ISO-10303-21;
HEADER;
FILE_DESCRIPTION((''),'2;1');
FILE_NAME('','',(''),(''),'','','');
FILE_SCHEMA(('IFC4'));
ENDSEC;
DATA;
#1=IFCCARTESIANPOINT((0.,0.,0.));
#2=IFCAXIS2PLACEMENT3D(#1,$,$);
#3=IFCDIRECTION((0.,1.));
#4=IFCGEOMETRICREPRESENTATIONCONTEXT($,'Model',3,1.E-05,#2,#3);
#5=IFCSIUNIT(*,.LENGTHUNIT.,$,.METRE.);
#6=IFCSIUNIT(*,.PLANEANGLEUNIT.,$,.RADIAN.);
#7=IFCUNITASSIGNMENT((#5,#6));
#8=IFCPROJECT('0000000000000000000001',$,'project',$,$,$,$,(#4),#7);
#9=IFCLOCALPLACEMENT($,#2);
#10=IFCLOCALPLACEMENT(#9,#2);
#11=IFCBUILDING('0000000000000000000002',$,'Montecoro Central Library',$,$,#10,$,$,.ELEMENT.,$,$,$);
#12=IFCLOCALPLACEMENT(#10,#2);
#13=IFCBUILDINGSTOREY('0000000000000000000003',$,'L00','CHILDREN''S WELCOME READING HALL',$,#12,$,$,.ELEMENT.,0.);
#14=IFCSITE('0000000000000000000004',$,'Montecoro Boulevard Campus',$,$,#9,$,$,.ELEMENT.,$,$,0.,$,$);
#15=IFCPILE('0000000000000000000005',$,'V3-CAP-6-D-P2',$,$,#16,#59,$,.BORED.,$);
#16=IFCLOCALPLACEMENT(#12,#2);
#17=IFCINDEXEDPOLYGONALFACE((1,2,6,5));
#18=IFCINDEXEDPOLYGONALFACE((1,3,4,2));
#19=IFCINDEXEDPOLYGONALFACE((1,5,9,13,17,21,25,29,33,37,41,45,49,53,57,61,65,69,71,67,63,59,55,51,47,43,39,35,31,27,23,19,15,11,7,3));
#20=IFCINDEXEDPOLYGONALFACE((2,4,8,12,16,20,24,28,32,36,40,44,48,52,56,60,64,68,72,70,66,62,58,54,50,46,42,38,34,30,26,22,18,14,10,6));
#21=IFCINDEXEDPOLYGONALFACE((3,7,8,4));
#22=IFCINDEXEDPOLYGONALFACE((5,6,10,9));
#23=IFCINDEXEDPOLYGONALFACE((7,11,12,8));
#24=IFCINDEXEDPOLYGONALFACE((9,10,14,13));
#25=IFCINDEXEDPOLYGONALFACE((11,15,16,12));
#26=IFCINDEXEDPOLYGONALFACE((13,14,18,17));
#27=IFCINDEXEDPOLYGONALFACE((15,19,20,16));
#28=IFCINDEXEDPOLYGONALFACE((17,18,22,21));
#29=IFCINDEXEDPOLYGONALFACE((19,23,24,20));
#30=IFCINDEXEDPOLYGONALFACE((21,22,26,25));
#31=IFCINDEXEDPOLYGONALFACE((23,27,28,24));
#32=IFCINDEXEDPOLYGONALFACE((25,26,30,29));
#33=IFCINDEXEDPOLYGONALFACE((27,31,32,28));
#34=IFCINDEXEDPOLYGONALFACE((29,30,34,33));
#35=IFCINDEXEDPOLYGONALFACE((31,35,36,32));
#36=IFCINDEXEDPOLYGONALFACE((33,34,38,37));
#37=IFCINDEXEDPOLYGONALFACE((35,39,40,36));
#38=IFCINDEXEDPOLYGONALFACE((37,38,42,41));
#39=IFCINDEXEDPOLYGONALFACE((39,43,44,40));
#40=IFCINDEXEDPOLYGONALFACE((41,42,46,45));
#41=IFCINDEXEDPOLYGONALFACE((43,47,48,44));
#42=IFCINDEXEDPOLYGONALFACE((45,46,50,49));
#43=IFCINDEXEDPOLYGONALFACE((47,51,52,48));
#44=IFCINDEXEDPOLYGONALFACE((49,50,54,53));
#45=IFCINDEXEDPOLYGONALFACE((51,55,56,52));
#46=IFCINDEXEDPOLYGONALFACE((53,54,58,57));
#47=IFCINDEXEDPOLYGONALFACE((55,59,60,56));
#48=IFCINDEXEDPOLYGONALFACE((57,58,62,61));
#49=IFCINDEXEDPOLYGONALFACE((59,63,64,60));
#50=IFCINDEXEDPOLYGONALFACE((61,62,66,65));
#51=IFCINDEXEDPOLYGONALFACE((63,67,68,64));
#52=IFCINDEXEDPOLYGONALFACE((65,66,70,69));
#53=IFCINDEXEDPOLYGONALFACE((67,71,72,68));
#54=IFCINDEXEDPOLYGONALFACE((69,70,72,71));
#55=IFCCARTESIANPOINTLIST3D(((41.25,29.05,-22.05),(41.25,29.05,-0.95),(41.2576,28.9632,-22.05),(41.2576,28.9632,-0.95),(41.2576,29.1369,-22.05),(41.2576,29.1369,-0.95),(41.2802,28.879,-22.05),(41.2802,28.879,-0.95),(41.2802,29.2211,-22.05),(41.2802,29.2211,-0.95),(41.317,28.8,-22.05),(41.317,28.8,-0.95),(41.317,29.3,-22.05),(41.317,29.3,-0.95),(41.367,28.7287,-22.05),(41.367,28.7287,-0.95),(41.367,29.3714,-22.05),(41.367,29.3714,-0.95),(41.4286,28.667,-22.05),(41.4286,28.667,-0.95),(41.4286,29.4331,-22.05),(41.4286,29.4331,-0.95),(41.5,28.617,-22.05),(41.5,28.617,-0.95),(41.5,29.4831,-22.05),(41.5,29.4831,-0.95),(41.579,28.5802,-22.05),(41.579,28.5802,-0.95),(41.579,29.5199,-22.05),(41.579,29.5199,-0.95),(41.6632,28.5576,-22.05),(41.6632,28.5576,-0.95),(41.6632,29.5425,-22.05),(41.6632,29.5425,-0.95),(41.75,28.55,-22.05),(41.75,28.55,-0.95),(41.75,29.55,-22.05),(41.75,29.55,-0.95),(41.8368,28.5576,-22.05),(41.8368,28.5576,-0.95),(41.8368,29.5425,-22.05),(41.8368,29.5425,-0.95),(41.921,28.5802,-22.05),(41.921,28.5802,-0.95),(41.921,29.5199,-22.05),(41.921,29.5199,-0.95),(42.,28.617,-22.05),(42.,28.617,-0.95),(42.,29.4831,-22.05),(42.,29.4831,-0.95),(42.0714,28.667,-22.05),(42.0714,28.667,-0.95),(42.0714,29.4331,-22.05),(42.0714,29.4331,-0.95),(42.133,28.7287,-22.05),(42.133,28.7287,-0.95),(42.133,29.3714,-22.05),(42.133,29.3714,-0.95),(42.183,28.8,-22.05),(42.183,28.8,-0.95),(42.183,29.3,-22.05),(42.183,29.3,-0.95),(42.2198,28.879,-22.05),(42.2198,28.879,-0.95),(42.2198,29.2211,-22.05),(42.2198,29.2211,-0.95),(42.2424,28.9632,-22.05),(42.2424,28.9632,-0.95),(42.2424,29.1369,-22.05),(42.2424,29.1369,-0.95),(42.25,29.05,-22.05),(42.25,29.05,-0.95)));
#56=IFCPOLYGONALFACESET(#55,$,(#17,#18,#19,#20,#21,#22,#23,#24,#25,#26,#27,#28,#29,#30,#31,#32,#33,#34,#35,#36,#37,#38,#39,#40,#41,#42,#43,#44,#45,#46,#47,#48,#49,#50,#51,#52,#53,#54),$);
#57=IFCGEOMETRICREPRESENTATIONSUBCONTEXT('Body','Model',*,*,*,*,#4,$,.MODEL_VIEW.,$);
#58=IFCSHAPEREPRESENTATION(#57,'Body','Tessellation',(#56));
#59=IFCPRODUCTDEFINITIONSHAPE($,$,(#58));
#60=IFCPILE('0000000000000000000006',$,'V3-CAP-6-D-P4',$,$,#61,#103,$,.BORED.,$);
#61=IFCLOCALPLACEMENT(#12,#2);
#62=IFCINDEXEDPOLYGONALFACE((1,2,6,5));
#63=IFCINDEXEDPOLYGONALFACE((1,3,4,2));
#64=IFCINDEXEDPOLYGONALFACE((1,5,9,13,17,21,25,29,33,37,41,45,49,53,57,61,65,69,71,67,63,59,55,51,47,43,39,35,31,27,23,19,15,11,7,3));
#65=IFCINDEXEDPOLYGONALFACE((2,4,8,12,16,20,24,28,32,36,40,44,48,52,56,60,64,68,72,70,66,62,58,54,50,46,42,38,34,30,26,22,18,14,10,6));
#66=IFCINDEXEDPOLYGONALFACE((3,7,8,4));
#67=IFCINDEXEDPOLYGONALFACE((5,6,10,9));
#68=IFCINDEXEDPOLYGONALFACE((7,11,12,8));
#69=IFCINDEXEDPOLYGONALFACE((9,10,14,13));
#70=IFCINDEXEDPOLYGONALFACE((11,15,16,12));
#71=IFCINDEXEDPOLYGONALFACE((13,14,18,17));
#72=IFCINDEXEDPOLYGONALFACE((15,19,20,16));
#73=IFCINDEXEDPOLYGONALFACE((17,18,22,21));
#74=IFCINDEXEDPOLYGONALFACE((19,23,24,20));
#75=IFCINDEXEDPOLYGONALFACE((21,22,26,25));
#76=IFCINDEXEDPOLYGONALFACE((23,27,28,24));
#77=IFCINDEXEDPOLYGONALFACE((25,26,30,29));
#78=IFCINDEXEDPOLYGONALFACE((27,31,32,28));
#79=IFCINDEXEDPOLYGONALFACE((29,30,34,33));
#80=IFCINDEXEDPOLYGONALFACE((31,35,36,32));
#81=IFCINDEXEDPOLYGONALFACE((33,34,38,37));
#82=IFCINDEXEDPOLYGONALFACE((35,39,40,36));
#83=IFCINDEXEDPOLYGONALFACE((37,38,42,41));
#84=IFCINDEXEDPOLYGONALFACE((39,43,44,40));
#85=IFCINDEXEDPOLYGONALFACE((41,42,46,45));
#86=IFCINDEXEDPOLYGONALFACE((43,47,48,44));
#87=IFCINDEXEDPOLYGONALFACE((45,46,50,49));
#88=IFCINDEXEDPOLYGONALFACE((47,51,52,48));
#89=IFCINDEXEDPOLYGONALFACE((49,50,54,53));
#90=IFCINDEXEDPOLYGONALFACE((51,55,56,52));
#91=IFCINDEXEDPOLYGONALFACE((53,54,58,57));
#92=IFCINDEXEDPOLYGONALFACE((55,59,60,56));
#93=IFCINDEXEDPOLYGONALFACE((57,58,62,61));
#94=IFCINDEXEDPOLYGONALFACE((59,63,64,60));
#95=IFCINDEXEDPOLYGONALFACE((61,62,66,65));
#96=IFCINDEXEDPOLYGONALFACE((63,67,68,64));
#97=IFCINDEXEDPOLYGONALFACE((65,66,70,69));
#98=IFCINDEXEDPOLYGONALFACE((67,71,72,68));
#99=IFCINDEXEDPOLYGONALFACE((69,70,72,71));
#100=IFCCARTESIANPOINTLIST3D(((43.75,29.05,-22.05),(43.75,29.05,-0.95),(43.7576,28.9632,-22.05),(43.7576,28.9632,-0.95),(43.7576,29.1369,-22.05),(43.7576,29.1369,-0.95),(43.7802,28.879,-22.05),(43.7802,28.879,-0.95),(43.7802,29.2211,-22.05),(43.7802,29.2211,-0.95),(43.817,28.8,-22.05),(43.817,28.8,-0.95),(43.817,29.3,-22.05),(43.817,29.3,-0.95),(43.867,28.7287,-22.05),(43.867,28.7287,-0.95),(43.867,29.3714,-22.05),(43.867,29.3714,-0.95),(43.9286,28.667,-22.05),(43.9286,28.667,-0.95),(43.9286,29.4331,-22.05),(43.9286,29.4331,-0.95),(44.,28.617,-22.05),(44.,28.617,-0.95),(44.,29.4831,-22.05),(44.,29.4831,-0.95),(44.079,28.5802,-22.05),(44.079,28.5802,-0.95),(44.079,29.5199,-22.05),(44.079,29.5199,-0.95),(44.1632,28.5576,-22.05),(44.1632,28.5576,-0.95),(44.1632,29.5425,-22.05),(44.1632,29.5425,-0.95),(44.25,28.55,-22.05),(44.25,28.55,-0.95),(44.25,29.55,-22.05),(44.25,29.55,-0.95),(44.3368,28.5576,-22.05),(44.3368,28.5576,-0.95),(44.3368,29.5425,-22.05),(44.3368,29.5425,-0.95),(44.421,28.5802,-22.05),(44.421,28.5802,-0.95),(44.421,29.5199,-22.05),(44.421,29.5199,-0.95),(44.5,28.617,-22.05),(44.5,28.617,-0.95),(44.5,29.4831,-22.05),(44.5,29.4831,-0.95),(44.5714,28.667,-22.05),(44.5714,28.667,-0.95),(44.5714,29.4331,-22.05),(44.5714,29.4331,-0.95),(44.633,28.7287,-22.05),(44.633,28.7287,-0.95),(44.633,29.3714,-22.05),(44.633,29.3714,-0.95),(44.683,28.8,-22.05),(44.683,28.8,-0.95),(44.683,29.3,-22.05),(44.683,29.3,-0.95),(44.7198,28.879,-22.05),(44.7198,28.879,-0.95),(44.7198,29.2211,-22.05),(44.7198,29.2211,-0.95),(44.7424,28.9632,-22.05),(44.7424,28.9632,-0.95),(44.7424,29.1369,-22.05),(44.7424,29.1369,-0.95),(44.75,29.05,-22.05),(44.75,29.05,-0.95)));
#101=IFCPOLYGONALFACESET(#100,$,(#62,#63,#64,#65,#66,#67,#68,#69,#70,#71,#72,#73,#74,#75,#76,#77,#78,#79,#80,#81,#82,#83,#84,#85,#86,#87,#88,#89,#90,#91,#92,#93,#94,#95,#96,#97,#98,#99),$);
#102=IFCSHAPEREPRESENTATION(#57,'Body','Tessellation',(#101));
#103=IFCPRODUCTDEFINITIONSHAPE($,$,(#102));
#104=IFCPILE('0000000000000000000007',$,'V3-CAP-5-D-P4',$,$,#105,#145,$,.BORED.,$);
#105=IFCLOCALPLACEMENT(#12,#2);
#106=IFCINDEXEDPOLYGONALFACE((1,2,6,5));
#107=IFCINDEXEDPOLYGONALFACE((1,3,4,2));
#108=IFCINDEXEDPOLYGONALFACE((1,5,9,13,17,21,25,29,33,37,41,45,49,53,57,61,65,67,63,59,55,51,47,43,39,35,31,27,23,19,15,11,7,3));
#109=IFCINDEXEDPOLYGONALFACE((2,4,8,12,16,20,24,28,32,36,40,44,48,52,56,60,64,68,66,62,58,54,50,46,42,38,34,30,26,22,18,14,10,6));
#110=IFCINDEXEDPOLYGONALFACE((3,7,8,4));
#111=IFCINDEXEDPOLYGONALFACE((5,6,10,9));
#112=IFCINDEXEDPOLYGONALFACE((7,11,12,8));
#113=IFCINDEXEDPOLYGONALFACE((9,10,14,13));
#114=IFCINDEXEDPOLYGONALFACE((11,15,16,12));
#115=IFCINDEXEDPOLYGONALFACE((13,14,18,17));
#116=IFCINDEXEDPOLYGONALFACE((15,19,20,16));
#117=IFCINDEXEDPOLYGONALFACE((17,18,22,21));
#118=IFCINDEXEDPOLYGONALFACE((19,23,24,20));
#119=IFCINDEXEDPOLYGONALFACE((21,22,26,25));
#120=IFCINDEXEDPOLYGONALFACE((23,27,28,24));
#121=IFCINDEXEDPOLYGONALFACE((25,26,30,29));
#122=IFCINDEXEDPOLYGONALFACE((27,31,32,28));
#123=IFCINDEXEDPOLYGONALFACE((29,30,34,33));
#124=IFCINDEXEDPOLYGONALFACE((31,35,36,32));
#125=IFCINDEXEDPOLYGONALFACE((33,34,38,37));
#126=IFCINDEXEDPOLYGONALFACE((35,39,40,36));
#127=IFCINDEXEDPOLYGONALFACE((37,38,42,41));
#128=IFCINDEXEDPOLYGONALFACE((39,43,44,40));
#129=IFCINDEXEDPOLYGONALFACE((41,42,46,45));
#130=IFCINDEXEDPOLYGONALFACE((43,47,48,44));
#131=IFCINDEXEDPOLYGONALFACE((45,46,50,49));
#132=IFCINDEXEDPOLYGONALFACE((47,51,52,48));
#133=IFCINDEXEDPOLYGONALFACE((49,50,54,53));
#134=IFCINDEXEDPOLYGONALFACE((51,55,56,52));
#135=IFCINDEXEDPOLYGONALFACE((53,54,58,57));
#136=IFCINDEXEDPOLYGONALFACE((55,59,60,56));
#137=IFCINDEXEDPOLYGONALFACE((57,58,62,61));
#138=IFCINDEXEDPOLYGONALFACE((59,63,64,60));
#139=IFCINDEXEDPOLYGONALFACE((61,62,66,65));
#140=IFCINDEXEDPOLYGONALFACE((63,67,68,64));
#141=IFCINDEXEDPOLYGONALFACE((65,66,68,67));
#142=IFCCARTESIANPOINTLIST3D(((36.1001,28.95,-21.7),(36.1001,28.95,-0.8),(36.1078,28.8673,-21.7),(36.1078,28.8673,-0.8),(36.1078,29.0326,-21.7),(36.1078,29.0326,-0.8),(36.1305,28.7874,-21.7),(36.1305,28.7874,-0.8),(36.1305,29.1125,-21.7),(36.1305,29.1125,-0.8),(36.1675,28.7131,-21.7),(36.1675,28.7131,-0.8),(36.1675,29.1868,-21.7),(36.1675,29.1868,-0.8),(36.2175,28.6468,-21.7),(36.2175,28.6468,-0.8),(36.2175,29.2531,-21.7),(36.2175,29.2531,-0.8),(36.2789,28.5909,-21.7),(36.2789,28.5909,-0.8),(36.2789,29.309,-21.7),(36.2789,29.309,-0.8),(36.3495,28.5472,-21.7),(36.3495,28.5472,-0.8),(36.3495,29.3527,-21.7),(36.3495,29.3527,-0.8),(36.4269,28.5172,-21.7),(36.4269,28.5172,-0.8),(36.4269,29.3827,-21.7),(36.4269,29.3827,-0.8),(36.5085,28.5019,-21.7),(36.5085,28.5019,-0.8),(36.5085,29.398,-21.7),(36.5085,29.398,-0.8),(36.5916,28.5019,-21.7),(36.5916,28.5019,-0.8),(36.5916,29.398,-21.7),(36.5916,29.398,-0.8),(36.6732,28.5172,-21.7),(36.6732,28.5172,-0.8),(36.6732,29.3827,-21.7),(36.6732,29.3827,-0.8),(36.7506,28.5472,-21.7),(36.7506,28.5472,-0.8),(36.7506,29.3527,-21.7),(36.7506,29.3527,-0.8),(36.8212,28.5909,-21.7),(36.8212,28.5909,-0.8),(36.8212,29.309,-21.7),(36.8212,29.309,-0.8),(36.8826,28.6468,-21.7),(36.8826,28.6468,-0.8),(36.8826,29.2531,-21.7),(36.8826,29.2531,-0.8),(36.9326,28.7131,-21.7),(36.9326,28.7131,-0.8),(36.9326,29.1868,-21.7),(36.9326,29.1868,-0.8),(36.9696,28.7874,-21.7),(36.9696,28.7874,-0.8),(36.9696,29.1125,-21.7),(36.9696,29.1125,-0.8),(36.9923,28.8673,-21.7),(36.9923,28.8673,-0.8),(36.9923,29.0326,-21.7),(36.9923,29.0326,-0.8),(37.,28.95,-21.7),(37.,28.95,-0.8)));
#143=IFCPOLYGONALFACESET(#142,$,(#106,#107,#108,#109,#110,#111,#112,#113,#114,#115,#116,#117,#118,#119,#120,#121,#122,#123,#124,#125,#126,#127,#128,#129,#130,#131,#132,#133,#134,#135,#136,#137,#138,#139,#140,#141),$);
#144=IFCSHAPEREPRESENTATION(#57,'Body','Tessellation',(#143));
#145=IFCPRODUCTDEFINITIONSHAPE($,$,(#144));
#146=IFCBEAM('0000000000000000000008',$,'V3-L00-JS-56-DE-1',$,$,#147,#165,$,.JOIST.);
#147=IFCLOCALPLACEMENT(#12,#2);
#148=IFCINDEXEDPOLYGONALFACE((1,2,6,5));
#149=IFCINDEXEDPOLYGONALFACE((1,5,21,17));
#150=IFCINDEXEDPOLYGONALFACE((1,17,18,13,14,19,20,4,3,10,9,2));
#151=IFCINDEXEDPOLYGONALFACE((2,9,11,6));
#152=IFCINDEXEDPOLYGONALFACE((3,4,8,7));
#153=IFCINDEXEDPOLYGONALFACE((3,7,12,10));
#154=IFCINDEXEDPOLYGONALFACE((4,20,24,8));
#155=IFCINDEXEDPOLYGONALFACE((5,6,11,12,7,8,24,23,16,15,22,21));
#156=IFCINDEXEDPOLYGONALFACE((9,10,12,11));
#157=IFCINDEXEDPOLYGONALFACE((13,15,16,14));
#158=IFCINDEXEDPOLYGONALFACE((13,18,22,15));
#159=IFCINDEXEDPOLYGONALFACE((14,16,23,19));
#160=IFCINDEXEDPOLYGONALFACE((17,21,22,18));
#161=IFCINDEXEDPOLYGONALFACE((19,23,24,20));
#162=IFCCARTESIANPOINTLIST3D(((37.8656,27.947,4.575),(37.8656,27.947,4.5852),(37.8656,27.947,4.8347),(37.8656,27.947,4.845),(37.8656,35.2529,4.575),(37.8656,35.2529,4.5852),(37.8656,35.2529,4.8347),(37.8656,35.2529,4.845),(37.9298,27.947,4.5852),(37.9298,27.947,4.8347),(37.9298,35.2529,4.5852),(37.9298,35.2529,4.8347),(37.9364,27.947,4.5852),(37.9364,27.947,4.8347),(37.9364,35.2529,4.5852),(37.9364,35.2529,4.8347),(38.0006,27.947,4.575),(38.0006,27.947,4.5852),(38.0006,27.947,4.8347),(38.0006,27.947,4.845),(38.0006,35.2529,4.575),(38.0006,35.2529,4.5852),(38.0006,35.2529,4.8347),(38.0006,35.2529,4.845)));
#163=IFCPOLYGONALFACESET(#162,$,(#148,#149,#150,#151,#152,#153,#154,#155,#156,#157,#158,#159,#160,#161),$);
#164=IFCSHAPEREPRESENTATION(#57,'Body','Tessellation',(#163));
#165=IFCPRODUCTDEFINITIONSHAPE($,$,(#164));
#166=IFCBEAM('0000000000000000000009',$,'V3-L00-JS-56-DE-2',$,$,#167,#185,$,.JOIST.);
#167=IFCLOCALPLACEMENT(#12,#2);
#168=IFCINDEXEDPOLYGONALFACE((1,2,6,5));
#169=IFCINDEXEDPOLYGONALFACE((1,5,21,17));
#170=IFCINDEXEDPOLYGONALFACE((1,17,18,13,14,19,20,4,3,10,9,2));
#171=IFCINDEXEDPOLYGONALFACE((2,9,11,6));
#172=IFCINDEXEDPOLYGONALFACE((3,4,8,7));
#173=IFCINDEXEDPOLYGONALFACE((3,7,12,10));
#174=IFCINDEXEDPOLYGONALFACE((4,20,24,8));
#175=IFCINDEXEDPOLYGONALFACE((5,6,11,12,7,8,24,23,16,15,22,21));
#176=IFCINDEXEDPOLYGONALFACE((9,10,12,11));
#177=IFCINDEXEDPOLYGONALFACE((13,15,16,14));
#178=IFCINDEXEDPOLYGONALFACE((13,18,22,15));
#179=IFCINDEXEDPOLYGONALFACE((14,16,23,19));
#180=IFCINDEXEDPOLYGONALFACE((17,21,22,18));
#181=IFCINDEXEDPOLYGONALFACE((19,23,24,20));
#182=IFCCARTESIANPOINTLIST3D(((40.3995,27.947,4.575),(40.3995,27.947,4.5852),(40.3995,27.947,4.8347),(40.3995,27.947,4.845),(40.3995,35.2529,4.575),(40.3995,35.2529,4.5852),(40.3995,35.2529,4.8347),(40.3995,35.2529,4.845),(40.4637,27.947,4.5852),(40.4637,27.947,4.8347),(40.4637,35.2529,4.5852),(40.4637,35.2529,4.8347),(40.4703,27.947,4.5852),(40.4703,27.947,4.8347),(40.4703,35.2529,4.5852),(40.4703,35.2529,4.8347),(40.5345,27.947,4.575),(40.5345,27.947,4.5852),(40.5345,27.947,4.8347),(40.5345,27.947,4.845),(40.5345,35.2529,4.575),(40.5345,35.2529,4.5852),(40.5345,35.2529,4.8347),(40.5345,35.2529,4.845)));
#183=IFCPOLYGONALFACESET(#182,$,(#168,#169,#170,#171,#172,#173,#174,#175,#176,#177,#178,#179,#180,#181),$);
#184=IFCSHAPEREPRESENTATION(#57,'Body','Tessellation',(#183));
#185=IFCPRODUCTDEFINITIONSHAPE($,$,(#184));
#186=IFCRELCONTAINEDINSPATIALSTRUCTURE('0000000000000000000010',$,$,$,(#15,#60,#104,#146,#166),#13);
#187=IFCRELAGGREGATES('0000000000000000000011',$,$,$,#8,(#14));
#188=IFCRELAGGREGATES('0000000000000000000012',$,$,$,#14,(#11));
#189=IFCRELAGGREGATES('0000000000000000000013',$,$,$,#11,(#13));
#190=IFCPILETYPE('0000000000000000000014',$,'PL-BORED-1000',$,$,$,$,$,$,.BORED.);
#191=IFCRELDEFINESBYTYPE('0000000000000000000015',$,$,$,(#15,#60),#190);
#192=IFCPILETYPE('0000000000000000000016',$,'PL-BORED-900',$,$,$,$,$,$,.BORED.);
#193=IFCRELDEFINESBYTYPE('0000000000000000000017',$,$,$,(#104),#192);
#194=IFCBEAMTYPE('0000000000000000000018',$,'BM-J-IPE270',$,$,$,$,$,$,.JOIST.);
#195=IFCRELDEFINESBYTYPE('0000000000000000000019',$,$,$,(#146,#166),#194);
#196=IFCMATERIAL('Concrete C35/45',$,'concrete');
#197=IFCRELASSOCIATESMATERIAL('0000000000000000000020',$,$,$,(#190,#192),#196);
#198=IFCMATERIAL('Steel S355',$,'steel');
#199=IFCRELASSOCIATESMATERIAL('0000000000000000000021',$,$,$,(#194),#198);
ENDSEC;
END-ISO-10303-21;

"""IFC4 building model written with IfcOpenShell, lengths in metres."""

from ifc_helpers import new_model, si_unit, direction, frame, origin, origin_2d, place, context, subcontext, project, spatial, circle, i_section, extrude, material, material_profile, profile_set, type_object, element, save


model = new_model("IFC4")

# Units and contexts
model_context = context("Model", 3, precision=1e-05, world=origin(), true_north=direction((0.0, 1.0)))
body_context = subcontext(model_context, "Body", "Model", "MODEL_VIEW")
ifc_project = project(units=[si_unit("LENGTHUNIT", "METRE"), si_unit("PLANEANGLEUNIT", "RADIAN")], contexts=[model_context])

# Site, building, storey
site_placement = place(None, origin())
site = spatial("IfcSite", under=ifc_project, at=site_placement, Name="Montecoro Boulevard Campus", CompositionType="ELEMENT", RefElevation=0.0)
building_placement = place(site_placement, origin())
building = spatial("IfcBuilding", under=site, at=building_placement, Name="Montecoro Central Library", CompositionType="ELEMENT")
storey_placement = place(building_placement, origin())
storey = spatial("IfcBuildingStorey", under=building, at=storey_placement, Name="L00", Description="CHILDREN'S WELCOME READING HALL", CompositionType="ELEMENT", Elevation=0.0)

# Piles
ifc_material_1 = material(Name="Concrete C35/45", Category="concrete")
ifc_material_profile_1 = material_profile(ifc_material_1, circle(Radius=0.5, at=origin_2d()), Name="PILE D1000")
ifc_profile_set_1 = profile_set([ifc_material_profile_1], Name="Concrete C35/45")
pile_type_1 = type_object("IfcPileType", Name="PL-BORED-1000", PredefinedType="BORED", material=ifc_profile_set_1)
for number, where, z_axis, x_axis, name in (
    (1, (41.75, 29.05, -0.95), (0.0, 0.0, -1.0), (1.0, 0.0, 0.0), "V3-CAP-6-D-P2"),
    (2, (44.25, 29.05, -0.95), (0.0, 0.0, -1.0), (1.0, 0.0, 0.0), "V3-CAP-6-D-P4"),
):
    element("IfcPile", number, at=place(storey_placement, frame(where, z_axis=z_axis, x_axis=x_axis)), inside=storey, type_object=pile_type_1, Name=name, PredefinedType="BORED", context=body_context, shape_type="SweptSolid", body=[
        extrude(circle(Radius=0.5, at=origin_2d()), origin(), (0.0, 0.0, 1.0), 21.1001),
    ])
ifc_material_profile_2 = material_profile(ifc_material_1, circle(Radius=0.45, at=origin_2d()), Name="PILE D900")
ifc_profile_set_2 = profile_set([ifc_material_profile_2], Name="Concrete C35/45")
pile_type_2 = type_object("IfcPileType", Name="PL-BORED-900", PredefinedType="BORED", material=ifc_profile_set_2)
pile_placement = place(storey_placement, frame((36.55, 28.95, -0.8), z_axis=(0.0, 0.0, -1.0), x_axis=(1.0, 0.0, 0.0)))
element("IfcPile", 3, at=pile_placement, inside=storey, type_object=pile_type_2, Name="V3-CAP-5-D-P4", PredefinedType="BORED", context=body_context, shape_type="SweptSolid", body=[
    extrude(circle(Radius=0.45, at=origin_2d()), origin(), (0.0, 0.0, 1.0), 20.8999),
])

# Beams
ifc_material_2 = material(Name="Steel S355", Category="steel")
ifc_material_profile_3 = material_profile(ifc_material_2, i_section(OverallWidth=0.135, OverallDepth=0.27, WebThickness=0.0066, FlangeThickness=0.0103, at=origin_2d()), Name="IPE 270")
ifc_profile_set_3 = profile_set([ifc_material_profile_3], Name="Steel S355")
beam_type = type_object("IfcBeamType", Name="BM-J-IPE270", PredefinedType="JOIST", material=ifc_profile_set_3)
for number, where, z_axis, x_axis, name in (
    (4, (37.9331, 27.947, 4.71), (0.0, 1.0, 0.0), (-1.0, 0.0, 0.0), "V3-L00-JS-56-DE-1"),
    (5, (40.467, 27.947, 4.71), (0.0, 1.0, 0.0), (-1.0, 0.0, 0.0), "V3-L00-JS-56-DE-2"),
):
    element("IfcBeam", number, at=place(storey_placement, frame(where, z_axis=z_axis, x_axis=x_axis)), inside=storey, type_object=beam_type, Name=name, PredefinedType="JOIST", context=body_context, shape_type="SweptSolid", body=[
        extrude(i_section(OverallWidth=0.135, OverallDepth=0.27, WebThickness=0.0066, FlangeThickness=0.0103, at=origin_2d()), origin(), (0.0, 0.0, 1.0), 7.3059),
    ])

save(model, "model.ifc")
